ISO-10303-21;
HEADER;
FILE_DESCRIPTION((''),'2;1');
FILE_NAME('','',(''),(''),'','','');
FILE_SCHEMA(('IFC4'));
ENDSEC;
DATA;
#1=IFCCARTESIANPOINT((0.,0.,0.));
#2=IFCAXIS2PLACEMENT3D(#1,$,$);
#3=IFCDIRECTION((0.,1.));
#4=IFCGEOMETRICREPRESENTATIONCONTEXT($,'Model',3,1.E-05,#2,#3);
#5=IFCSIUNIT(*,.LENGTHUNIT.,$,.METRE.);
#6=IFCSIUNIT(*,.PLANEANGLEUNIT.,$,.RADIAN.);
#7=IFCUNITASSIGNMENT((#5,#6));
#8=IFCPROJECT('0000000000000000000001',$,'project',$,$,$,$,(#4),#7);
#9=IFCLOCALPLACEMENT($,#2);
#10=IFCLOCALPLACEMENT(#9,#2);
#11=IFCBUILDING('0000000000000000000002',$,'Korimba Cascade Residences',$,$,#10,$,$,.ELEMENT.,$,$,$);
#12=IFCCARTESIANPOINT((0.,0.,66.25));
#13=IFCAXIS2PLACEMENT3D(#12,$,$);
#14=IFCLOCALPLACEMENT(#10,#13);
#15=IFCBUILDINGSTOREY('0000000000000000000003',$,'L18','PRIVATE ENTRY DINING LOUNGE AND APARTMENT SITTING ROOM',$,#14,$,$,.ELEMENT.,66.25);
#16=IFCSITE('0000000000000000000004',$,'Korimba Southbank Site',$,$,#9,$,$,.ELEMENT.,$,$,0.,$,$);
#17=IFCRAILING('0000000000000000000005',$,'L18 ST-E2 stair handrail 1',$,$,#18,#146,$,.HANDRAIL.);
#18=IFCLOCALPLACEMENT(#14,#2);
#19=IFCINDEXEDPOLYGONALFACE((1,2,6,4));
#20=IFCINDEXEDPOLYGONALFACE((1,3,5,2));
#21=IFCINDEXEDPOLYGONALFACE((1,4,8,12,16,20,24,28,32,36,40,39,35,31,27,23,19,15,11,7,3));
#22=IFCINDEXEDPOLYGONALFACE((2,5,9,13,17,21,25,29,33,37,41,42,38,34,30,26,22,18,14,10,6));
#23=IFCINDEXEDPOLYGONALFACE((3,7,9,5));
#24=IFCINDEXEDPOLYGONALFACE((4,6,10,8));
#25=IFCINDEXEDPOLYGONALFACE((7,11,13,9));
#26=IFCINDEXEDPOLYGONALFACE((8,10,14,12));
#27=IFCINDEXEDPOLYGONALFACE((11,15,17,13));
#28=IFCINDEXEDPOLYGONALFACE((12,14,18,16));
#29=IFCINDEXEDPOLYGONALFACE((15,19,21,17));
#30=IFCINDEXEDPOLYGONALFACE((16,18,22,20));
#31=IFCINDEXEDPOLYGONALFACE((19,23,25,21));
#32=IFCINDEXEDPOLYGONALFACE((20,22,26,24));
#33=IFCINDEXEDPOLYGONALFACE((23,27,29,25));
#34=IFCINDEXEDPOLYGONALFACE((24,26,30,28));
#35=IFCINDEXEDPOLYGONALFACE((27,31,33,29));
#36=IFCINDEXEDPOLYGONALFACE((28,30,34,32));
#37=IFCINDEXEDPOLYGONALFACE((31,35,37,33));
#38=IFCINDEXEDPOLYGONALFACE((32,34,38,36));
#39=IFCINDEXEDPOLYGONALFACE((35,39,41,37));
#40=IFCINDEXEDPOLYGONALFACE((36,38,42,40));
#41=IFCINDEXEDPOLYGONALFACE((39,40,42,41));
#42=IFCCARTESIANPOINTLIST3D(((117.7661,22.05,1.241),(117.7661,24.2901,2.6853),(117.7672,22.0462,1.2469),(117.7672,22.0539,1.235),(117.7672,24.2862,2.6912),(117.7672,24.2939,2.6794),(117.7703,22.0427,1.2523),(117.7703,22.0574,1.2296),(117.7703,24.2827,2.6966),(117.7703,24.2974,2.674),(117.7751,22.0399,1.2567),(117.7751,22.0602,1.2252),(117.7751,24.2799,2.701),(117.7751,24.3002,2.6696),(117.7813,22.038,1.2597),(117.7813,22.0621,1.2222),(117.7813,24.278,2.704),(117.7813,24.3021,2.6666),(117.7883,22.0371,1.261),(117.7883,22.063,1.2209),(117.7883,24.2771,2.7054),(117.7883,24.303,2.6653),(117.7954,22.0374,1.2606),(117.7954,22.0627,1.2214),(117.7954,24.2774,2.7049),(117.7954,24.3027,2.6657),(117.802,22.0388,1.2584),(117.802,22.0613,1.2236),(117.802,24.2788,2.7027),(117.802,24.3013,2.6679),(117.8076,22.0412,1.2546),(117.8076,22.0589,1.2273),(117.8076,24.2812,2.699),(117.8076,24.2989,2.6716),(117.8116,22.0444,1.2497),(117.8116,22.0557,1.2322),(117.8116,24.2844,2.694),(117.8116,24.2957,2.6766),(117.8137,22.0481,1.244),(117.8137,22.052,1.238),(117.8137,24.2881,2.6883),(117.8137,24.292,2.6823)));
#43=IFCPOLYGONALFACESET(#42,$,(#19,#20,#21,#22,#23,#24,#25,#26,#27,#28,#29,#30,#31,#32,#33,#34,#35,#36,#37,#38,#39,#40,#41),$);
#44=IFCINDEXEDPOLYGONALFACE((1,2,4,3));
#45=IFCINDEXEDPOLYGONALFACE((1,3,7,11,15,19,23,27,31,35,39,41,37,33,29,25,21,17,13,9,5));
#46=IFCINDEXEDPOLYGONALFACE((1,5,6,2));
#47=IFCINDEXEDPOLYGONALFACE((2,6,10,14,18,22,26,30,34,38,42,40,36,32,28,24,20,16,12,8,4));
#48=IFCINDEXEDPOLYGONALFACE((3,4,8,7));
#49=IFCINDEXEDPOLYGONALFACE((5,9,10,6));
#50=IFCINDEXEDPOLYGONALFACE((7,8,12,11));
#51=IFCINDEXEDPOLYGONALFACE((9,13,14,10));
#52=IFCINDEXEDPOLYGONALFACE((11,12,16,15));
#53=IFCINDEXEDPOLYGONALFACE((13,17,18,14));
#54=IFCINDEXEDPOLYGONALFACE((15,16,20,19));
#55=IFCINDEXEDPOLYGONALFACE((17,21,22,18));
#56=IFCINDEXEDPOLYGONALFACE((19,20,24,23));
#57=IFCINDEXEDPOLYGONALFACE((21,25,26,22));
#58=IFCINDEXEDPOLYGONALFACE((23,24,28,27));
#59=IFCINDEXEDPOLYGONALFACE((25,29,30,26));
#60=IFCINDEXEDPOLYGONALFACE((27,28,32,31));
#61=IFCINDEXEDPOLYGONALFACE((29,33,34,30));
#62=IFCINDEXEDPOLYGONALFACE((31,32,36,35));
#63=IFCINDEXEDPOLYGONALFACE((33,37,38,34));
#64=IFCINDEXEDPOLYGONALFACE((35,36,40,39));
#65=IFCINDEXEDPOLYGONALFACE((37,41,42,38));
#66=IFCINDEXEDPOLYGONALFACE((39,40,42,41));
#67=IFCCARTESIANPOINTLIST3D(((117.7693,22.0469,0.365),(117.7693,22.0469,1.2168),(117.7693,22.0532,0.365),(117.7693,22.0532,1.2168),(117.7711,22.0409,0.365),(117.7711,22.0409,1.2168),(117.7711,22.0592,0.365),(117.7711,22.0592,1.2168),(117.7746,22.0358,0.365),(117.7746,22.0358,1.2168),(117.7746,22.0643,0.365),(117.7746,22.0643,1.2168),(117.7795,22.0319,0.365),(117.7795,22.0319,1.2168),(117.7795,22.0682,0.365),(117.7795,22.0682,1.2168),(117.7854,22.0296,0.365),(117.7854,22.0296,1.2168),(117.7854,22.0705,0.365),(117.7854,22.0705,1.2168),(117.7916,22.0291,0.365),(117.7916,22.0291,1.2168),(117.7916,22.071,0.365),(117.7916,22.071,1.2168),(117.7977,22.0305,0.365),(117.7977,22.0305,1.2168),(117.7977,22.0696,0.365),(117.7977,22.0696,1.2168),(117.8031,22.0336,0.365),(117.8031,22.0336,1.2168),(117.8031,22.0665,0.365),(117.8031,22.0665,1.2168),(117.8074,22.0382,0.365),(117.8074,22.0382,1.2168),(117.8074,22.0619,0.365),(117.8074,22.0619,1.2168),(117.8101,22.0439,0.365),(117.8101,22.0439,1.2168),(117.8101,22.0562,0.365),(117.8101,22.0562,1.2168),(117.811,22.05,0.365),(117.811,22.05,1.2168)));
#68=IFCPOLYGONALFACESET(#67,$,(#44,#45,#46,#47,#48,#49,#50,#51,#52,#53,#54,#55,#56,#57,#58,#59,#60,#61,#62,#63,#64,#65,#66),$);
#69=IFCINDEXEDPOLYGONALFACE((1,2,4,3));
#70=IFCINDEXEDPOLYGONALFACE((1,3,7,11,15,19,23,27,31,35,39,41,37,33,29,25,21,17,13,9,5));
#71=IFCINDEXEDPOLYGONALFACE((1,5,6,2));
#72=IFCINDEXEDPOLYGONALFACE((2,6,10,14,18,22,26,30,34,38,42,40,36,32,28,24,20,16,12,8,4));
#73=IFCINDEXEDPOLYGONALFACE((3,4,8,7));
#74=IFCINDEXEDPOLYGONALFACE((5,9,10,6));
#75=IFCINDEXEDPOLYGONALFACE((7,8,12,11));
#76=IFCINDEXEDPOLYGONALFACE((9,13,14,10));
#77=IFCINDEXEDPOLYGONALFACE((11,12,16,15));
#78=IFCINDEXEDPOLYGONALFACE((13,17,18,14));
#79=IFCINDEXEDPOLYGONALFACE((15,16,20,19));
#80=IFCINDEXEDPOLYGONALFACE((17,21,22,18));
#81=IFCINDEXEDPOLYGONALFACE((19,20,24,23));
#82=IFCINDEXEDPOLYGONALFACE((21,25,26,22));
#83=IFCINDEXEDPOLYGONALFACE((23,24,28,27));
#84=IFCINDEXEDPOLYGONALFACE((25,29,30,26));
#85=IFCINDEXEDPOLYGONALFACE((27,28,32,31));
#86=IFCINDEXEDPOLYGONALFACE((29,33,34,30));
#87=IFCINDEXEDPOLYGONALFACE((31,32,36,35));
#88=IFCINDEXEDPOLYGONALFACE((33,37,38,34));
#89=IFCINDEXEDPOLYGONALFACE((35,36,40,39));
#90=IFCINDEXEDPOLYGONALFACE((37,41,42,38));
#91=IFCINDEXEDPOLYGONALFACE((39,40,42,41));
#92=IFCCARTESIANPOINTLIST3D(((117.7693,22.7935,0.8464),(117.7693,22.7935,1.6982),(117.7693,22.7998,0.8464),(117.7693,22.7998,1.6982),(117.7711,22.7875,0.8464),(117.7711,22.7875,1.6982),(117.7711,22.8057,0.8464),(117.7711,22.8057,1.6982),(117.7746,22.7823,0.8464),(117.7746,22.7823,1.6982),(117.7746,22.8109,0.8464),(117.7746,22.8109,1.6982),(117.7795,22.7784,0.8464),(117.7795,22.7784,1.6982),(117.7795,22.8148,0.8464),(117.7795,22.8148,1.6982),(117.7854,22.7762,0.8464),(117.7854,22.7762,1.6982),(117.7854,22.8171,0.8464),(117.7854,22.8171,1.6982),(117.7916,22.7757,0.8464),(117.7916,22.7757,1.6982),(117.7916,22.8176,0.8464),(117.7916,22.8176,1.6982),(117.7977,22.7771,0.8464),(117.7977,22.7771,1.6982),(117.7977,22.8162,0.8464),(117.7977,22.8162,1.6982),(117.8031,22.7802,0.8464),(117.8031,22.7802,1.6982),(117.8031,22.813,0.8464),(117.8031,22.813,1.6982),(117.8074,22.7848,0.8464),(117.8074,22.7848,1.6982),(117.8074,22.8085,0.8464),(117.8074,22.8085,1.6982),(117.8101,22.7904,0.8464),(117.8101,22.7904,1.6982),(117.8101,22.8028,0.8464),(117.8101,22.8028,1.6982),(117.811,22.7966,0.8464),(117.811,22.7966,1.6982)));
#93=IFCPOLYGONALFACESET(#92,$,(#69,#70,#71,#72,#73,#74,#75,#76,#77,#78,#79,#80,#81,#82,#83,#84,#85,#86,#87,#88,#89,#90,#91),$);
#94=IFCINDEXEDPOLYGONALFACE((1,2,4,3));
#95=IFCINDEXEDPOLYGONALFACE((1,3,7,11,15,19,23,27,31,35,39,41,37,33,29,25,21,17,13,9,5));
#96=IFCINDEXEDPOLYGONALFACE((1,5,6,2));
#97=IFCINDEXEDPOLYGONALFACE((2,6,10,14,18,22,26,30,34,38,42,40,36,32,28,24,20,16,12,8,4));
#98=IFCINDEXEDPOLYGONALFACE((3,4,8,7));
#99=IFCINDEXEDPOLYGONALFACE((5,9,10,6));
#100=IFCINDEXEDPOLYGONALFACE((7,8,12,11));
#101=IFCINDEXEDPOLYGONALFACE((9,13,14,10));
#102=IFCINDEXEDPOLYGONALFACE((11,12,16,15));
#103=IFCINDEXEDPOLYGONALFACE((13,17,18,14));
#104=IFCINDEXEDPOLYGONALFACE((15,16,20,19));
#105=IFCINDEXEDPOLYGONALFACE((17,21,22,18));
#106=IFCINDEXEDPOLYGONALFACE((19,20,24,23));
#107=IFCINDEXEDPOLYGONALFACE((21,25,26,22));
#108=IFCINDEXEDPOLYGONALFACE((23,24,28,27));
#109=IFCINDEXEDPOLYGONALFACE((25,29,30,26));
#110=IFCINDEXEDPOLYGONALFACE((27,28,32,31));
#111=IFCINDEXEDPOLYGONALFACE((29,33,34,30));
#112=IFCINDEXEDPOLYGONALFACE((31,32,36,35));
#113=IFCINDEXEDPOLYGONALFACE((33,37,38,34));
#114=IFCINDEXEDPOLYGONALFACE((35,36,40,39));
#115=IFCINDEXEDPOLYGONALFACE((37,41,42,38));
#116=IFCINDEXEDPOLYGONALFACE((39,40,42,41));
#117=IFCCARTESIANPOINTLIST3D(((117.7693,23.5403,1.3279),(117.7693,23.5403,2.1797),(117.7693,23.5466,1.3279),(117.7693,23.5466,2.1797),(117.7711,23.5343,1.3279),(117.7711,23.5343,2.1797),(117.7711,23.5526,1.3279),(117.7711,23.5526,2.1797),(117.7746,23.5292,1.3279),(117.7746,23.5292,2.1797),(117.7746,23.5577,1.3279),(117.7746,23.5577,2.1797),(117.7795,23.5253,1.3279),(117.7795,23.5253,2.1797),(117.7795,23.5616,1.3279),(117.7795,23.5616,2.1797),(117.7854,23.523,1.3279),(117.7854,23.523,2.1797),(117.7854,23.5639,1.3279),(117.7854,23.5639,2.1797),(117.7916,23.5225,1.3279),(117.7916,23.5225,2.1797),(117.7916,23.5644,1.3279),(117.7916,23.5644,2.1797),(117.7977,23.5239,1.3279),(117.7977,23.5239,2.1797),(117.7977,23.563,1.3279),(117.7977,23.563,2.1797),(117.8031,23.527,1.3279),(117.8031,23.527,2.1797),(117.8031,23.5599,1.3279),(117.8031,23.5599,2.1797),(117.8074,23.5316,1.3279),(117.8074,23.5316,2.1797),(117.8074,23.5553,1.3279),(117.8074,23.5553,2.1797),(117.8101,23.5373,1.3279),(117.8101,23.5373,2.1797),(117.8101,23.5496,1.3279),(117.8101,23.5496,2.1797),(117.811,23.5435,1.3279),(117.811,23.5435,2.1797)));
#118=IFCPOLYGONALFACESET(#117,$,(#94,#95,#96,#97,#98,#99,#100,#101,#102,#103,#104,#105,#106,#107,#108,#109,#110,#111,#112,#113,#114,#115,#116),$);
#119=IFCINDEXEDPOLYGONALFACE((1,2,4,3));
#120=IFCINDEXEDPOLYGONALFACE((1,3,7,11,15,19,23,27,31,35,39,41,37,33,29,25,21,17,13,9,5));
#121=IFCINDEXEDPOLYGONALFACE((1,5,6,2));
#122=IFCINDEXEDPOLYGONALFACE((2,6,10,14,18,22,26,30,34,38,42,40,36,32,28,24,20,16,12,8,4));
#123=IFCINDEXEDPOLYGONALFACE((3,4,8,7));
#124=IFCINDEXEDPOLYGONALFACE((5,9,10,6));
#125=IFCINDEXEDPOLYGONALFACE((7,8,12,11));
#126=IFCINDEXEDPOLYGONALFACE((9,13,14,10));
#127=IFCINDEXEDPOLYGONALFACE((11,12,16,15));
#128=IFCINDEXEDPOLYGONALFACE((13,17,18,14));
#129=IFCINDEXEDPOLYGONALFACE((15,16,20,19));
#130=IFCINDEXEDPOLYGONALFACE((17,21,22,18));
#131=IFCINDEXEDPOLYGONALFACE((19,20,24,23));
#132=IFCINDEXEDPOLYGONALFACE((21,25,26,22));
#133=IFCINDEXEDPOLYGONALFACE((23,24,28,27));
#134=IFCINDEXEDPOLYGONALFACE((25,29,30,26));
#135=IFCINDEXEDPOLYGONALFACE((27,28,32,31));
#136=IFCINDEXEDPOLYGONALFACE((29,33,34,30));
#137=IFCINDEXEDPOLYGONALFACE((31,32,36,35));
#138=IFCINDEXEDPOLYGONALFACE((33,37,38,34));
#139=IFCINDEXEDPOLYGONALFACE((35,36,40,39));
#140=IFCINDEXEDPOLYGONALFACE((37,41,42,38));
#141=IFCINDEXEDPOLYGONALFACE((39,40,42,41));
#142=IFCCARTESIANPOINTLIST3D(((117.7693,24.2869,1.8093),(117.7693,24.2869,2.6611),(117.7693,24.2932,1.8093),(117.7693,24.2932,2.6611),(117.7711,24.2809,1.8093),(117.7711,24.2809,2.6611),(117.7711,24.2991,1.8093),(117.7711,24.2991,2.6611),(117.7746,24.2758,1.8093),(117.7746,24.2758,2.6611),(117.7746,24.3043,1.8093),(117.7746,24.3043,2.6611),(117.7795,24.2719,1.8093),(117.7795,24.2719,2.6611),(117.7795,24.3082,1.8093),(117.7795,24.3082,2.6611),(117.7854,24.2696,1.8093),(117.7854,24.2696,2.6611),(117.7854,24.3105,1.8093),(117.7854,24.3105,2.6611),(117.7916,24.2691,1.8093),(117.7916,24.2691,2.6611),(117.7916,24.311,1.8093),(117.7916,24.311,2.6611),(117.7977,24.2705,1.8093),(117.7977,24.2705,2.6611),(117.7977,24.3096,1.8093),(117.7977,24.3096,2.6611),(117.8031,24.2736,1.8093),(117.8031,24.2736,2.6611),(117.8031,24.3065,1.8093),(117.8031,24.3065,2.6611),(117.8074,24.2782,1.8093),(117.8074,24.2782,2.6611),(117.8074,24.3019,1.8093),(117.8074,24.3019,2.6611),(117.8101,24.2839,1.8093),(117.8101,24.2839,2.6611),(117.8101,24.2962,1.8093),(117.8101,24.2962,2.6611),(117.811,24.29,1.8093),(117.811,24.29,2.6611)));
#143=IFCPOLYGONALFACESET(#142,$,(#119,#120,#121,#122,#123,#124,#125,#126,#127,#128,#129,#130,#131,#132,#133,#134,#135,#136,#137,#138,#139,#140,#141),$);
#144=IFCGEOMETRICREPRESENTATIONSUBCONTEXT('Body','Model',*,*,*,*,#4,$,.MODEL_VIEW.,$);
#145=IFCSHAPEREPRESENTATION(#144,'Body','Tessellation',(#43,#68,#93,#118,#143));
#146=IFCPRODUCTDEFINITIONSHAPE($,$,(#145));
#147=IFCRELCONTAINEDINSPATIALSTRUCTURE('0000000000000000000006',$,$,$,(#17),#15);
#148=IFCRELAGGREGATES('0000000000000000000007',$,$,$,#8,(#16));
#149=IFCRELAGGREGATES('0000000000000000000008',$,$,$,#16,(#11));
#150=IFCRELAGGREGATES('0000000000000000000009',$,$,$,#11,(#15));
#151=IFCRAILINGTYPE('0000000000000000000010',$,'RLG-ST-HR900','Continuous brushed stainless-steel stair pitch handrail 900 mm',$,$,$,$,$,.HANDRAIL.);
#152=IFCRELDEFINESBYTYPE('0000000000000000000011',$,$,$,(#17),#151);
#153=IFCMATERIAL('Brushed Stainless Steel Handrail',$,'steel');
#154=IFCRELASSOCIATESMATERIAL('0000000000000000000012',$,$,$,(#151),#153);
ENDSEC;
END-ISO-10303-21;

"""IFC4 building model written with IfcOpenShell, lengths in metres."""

from ifc_helpers import new_model, si_unit, direction, frame, origin, origin_2d, place, context, subcontext, project, spatial, circle, extrude, material, type_object, element, save


model = new_model("IFC4")

# Units and contexts
model_context = context("Model", 3, precision=1e-05, world=origin(), true_north=direction((0.0, 1.0)))
body_context = subcontext(model_context, "Body", "Model", "MODEL_VIEW")
ifc_project = project(units=[si_unit("LENGTHUNIT", "METRE"), si_unit("PLANEANGLEUNIT", "RADIAN")], contexts=[model_context])

# Site, building, storey
site_placement = place(None, origin())
site = spatial("IfcSite", under=ifc_project, at=site_placement, Name="Korimba Southbank Site", CompositionType="ELEMENT", RefElevation=0.0)
building_placement = place(site_placement, origin())
building = spatial("IfcBuilding", under=site, at=building_placement, Name="Korimba Cascade Residences", CompositionType="ELEMENT")
storey_placement = place(building_placement, frame((0.0, 0.0, 66.25)))
storey = spatial("IfcBuildingStorey", under=building, at=storey_placement, Name="L18", Description="PRIVATE ENTRY DINING LOUNGE AND APARTMENT SITTING ROOM", CompositionType="ELEMENT", Elevation=66.25)

# Railing
ifc_material_1 = material(Name="Brushed Stainless Steel Handrail", Category="steel")
railing_type_1 = type_object("IfcRailingType", Name="RLG-ST-HR900", Description="Continuous brushed stainless-steel stair pitch handrail 900 mm", PredefinedType="HANDRAIL", material=ifc_material_1)
railing_1_placement = place(storey_placement, frame((117.79, 22.05, 0.365)))
element("IfcRailing", 1, at=railing_1_placement, inside=storey, type_object=railing_type_1, Name="L18 ST-E2 stair handrail 1", PredefinedType="HANDRAIL", context=body_context, shape_type="SweptSolid", body=[
    extrude(circle(Radius=0.0239, at=origin_2d()), frame((0.0, 0.0, 0.876), z_axis=(0.0, 0.840437, 0.54191), x_axis=(-1.0, 0.0, 0.0)), (0.0, 0.0, 1.0), 2.6653),
    extrude(circle(Radius=0.021, at=origin_2d()), origin(), (0.0, 0.0, 1.0), 0.8518),
    extrude(circle(Radius=0.021, at=origin_2d()), frame((0.0, 0.7466, 0.4814)), (0.0, 0.0, 1.0), 0.8518),
    extrude(circle(Radius=0.021, at=origin_2d()), frame((0.0, 1.4934, 0.9629)), (0.0, 0.0, 1.0), 0.8518),
    extrude(circle(Radius=0.021, at=origin_2d()), frame((0.0, 2.24, 1.4443)), (0.0, 0.0, 1.0), 0.8518),
])

save(model, "model.ifc")
